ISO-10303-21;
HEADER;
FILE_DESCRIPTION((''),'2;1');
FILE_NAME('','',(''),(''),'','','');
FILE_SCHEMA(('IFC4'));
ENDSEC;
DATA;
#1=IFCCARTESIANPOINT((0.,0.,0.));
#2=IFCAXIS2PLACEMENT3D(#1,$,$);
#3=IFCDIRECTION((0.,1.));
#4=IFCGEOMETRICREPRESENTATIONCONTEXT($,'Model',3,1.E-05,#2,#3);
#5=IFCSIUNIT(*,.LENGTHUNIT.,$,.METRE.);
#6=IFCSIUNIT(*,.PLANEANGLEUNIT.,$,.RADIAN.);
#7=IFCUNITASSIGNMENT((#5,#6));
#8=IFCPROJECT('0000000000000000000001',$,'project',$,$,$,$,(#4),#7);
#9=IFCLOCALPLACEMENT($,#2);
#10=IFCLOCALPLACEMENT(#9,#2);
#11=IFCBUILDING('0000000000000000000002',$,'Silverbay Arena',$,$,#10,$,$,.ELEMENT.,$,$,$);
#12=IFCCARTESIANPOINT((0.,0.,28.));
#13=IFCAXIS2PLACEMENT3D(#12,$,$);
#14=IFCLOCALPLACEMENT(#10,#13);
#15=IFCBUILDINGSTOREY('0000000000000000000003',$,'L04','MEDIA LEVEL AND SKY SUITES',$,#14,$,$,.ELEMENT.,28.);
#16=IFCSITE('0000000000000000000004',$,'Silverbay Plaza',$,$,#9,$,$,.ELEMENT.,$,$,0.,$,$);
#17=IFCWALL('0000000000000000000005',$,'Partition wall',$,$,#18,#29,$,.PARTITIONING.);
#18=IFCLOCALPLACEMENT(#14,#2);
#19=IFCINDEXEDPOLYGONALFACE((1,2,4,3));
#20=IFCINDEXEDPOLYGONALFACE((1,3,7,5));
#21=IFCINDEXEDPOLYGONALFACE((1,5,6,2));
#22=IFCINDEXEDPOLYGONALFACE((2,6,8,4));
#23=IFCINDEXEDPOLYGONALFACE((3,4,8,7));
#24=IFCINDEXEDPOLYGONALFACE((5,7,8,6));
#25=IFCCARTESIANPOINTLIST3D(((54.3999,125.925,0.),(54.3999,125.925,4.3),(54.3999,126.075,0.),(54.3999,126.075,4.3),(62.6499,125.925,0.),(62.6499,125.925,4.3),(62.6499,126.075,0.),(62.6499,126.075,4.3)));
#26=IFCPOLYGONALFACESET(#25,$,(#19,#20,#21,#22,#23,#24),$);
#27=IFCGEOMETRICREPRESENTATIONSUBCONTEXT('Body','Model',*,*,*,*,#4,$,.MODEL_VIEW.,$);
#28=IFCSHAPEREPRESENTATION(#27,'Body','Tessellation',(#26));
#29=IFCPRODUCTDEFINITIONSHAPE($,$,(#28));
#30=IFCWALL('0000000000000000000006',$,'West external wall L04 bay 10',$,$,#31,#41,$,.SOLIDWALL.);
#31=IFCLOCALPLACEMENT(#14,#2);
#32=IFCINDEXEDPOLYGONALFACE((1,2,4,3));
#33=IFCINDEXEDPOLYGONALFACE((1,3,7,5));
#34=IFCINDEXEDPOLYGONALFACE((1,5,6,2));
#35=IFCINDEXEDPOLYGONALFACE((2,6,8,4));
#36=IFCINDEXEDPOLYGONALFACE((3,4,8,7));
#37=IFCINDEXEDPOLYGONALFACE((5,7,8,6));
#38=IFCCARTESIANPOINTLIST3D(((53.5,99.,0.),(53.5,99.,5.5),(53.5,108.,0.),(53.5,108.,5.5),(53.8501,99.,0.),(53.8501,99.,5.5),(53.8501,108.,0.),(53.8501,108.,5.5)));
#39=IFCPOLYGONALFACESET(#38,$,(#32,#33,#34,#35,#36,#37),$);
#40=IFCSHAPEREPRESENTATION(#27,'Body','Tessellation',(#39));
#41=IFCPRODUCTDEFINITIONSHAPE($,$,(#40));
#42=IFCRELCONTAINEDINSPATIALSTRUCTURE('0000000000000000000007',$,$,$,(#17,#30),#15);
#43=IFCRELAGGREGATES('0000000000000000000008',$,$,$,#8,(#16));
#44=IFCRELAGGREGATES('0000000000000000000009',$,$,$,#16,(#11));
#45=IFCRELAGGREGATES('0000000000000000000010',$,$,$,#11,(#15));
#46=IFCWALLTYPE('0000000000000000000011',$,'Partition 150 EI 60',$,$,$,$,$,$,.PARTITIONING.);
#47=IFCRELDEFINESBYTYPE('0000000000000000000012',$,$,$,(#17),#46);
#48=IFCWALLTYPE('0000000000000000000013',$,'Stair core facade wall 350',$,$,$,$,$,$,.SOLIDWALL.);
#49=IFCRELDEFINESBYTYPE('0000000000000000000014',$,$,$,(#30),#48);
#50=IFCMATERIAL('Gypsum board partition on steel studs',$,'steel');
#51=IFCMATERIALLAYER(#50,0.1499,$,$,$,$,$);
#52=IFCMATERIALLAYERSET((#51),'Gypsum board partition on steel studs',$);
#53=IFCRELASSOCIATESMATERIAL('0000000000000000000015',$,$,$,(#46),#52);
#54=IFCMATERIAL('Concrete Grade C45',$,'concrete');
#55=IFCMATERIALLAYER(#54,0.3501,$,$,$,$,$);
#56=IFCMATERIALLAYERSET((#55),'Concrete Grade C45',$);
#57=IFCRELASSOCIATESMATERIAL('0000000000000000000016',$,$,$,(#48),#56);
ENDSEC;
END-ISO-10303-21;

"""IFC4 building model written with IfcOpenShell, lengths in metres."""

from ifc_helpers import new_model, si_unit, direction, frame, frame_2d, origin, place, context, subcontext, project, spatial, rectangle, extrude, material, layer, layer_set, type_object, element, save


model = new_model("IFC4")

# Units and contexts
model_context = context("Model", 3, precision=1e-05, world=origin(), true_north=direction((0.0, 1.0)))
body_context = subcontext(model_context, "Body", "Model", "MODEL_VIEW")
ifc_project = project(units=[si_unit("LENGTHUNIT", "METRE"), si_unit("PLANEANGLEUNIT", "RADIAN")], contexts=[model_context])

# Site, building, storey
site_placement = place(None, origin())
site = spatial("IfcSite", under=ifc_project, at=site_placement, Name="Silverbay Plaza", CompositionType="ELEMENT", RefElevation=0.0)
building_placement = place(site_placement, origin())
building = spatial("IfcBuilding", under=site, at=building_placement, Name="Silverbay Arena", CompositionType="ELEMENT")
storey_placement = place(building_placement, frame((0.0, 0.0, 28.0)))
storey = spatial("IfcBuildingStorey", under=building, at=storey_placement, Name="L04", Description="MEDIA LEVEL AND SKY SUITES", CompositionType="ELEMENT", Elevation=28.0)

# Walls
ifc_material_1 = material(Name="Gypsum board partition on steel studs", Category="steel")
ifc_layer_1 = layer(ifc_material_1, 0.1499)
ifc_layer_set_1 = layer_set([ifc_layer_1], Name="Gypsum board partition on steel studs")
wall_type_1 = type_object("IfcWallType", Name="Partition 150 EI 60", PredefinedType="PARTITIONING", material=ifc_layer_set_1)
wall_1_placement = place(storey_placement, frame((54.3999, 126.0, 0.0), z_axis=(0.0, 0.0, 1.0), x_axis=(1.0, 0.0, 0.0)))
element("IfcWall", 1, at=wall_1_placement, inside=storey, type_object=wall_type_1, Name="Partition wall", PredefinedType="PARTITIONING", context=body_context, shape_type="SweptSolid", body=[
    extrude(rectangle(XDim=8.25, YDim=0.1499, at=frame_2d((4.125, 0.0))), origin(), (0.0, 0.0, 1.0), 4.3),
])
ifc_material_2 = material(Name="Concrete Grade C45", Category="concrete")
ifc_layer_2 = layer(ifc_material_2, 0.3501)
ifc_layer_set_2 = layer_set([ifc_layer_2], Name="Concrete Grade C45")
wall_type_2 = type_object("IfcWallType", Name="Stair core facade wall 350", PredefinedType="SOLIDWALL", material=ifc_layer_set_2)
wall_2_placement = place(storey_placement, frame((53.675, 108.0, 0.0), z_axis=(0.0, 0.0, 1.0), x_axis=(0.0, -1.0, 0.0)))
element("IfcWall", 2, at=wall_2_placement, inside=storey, type_object=wall_type_2, Name="West external wall L04 bay 10", PredefinedType="SOLIDWALL", context=body_context, shape_type="SweptSolid", body=[
    extrude(rectangle(XDim=9.0, YDim=0.3501, at=frame_2d((4.5, 0.0))), origin(), (0.0, 0.0, 1.0), 5.5),
])

save(model, "model.ifc")
